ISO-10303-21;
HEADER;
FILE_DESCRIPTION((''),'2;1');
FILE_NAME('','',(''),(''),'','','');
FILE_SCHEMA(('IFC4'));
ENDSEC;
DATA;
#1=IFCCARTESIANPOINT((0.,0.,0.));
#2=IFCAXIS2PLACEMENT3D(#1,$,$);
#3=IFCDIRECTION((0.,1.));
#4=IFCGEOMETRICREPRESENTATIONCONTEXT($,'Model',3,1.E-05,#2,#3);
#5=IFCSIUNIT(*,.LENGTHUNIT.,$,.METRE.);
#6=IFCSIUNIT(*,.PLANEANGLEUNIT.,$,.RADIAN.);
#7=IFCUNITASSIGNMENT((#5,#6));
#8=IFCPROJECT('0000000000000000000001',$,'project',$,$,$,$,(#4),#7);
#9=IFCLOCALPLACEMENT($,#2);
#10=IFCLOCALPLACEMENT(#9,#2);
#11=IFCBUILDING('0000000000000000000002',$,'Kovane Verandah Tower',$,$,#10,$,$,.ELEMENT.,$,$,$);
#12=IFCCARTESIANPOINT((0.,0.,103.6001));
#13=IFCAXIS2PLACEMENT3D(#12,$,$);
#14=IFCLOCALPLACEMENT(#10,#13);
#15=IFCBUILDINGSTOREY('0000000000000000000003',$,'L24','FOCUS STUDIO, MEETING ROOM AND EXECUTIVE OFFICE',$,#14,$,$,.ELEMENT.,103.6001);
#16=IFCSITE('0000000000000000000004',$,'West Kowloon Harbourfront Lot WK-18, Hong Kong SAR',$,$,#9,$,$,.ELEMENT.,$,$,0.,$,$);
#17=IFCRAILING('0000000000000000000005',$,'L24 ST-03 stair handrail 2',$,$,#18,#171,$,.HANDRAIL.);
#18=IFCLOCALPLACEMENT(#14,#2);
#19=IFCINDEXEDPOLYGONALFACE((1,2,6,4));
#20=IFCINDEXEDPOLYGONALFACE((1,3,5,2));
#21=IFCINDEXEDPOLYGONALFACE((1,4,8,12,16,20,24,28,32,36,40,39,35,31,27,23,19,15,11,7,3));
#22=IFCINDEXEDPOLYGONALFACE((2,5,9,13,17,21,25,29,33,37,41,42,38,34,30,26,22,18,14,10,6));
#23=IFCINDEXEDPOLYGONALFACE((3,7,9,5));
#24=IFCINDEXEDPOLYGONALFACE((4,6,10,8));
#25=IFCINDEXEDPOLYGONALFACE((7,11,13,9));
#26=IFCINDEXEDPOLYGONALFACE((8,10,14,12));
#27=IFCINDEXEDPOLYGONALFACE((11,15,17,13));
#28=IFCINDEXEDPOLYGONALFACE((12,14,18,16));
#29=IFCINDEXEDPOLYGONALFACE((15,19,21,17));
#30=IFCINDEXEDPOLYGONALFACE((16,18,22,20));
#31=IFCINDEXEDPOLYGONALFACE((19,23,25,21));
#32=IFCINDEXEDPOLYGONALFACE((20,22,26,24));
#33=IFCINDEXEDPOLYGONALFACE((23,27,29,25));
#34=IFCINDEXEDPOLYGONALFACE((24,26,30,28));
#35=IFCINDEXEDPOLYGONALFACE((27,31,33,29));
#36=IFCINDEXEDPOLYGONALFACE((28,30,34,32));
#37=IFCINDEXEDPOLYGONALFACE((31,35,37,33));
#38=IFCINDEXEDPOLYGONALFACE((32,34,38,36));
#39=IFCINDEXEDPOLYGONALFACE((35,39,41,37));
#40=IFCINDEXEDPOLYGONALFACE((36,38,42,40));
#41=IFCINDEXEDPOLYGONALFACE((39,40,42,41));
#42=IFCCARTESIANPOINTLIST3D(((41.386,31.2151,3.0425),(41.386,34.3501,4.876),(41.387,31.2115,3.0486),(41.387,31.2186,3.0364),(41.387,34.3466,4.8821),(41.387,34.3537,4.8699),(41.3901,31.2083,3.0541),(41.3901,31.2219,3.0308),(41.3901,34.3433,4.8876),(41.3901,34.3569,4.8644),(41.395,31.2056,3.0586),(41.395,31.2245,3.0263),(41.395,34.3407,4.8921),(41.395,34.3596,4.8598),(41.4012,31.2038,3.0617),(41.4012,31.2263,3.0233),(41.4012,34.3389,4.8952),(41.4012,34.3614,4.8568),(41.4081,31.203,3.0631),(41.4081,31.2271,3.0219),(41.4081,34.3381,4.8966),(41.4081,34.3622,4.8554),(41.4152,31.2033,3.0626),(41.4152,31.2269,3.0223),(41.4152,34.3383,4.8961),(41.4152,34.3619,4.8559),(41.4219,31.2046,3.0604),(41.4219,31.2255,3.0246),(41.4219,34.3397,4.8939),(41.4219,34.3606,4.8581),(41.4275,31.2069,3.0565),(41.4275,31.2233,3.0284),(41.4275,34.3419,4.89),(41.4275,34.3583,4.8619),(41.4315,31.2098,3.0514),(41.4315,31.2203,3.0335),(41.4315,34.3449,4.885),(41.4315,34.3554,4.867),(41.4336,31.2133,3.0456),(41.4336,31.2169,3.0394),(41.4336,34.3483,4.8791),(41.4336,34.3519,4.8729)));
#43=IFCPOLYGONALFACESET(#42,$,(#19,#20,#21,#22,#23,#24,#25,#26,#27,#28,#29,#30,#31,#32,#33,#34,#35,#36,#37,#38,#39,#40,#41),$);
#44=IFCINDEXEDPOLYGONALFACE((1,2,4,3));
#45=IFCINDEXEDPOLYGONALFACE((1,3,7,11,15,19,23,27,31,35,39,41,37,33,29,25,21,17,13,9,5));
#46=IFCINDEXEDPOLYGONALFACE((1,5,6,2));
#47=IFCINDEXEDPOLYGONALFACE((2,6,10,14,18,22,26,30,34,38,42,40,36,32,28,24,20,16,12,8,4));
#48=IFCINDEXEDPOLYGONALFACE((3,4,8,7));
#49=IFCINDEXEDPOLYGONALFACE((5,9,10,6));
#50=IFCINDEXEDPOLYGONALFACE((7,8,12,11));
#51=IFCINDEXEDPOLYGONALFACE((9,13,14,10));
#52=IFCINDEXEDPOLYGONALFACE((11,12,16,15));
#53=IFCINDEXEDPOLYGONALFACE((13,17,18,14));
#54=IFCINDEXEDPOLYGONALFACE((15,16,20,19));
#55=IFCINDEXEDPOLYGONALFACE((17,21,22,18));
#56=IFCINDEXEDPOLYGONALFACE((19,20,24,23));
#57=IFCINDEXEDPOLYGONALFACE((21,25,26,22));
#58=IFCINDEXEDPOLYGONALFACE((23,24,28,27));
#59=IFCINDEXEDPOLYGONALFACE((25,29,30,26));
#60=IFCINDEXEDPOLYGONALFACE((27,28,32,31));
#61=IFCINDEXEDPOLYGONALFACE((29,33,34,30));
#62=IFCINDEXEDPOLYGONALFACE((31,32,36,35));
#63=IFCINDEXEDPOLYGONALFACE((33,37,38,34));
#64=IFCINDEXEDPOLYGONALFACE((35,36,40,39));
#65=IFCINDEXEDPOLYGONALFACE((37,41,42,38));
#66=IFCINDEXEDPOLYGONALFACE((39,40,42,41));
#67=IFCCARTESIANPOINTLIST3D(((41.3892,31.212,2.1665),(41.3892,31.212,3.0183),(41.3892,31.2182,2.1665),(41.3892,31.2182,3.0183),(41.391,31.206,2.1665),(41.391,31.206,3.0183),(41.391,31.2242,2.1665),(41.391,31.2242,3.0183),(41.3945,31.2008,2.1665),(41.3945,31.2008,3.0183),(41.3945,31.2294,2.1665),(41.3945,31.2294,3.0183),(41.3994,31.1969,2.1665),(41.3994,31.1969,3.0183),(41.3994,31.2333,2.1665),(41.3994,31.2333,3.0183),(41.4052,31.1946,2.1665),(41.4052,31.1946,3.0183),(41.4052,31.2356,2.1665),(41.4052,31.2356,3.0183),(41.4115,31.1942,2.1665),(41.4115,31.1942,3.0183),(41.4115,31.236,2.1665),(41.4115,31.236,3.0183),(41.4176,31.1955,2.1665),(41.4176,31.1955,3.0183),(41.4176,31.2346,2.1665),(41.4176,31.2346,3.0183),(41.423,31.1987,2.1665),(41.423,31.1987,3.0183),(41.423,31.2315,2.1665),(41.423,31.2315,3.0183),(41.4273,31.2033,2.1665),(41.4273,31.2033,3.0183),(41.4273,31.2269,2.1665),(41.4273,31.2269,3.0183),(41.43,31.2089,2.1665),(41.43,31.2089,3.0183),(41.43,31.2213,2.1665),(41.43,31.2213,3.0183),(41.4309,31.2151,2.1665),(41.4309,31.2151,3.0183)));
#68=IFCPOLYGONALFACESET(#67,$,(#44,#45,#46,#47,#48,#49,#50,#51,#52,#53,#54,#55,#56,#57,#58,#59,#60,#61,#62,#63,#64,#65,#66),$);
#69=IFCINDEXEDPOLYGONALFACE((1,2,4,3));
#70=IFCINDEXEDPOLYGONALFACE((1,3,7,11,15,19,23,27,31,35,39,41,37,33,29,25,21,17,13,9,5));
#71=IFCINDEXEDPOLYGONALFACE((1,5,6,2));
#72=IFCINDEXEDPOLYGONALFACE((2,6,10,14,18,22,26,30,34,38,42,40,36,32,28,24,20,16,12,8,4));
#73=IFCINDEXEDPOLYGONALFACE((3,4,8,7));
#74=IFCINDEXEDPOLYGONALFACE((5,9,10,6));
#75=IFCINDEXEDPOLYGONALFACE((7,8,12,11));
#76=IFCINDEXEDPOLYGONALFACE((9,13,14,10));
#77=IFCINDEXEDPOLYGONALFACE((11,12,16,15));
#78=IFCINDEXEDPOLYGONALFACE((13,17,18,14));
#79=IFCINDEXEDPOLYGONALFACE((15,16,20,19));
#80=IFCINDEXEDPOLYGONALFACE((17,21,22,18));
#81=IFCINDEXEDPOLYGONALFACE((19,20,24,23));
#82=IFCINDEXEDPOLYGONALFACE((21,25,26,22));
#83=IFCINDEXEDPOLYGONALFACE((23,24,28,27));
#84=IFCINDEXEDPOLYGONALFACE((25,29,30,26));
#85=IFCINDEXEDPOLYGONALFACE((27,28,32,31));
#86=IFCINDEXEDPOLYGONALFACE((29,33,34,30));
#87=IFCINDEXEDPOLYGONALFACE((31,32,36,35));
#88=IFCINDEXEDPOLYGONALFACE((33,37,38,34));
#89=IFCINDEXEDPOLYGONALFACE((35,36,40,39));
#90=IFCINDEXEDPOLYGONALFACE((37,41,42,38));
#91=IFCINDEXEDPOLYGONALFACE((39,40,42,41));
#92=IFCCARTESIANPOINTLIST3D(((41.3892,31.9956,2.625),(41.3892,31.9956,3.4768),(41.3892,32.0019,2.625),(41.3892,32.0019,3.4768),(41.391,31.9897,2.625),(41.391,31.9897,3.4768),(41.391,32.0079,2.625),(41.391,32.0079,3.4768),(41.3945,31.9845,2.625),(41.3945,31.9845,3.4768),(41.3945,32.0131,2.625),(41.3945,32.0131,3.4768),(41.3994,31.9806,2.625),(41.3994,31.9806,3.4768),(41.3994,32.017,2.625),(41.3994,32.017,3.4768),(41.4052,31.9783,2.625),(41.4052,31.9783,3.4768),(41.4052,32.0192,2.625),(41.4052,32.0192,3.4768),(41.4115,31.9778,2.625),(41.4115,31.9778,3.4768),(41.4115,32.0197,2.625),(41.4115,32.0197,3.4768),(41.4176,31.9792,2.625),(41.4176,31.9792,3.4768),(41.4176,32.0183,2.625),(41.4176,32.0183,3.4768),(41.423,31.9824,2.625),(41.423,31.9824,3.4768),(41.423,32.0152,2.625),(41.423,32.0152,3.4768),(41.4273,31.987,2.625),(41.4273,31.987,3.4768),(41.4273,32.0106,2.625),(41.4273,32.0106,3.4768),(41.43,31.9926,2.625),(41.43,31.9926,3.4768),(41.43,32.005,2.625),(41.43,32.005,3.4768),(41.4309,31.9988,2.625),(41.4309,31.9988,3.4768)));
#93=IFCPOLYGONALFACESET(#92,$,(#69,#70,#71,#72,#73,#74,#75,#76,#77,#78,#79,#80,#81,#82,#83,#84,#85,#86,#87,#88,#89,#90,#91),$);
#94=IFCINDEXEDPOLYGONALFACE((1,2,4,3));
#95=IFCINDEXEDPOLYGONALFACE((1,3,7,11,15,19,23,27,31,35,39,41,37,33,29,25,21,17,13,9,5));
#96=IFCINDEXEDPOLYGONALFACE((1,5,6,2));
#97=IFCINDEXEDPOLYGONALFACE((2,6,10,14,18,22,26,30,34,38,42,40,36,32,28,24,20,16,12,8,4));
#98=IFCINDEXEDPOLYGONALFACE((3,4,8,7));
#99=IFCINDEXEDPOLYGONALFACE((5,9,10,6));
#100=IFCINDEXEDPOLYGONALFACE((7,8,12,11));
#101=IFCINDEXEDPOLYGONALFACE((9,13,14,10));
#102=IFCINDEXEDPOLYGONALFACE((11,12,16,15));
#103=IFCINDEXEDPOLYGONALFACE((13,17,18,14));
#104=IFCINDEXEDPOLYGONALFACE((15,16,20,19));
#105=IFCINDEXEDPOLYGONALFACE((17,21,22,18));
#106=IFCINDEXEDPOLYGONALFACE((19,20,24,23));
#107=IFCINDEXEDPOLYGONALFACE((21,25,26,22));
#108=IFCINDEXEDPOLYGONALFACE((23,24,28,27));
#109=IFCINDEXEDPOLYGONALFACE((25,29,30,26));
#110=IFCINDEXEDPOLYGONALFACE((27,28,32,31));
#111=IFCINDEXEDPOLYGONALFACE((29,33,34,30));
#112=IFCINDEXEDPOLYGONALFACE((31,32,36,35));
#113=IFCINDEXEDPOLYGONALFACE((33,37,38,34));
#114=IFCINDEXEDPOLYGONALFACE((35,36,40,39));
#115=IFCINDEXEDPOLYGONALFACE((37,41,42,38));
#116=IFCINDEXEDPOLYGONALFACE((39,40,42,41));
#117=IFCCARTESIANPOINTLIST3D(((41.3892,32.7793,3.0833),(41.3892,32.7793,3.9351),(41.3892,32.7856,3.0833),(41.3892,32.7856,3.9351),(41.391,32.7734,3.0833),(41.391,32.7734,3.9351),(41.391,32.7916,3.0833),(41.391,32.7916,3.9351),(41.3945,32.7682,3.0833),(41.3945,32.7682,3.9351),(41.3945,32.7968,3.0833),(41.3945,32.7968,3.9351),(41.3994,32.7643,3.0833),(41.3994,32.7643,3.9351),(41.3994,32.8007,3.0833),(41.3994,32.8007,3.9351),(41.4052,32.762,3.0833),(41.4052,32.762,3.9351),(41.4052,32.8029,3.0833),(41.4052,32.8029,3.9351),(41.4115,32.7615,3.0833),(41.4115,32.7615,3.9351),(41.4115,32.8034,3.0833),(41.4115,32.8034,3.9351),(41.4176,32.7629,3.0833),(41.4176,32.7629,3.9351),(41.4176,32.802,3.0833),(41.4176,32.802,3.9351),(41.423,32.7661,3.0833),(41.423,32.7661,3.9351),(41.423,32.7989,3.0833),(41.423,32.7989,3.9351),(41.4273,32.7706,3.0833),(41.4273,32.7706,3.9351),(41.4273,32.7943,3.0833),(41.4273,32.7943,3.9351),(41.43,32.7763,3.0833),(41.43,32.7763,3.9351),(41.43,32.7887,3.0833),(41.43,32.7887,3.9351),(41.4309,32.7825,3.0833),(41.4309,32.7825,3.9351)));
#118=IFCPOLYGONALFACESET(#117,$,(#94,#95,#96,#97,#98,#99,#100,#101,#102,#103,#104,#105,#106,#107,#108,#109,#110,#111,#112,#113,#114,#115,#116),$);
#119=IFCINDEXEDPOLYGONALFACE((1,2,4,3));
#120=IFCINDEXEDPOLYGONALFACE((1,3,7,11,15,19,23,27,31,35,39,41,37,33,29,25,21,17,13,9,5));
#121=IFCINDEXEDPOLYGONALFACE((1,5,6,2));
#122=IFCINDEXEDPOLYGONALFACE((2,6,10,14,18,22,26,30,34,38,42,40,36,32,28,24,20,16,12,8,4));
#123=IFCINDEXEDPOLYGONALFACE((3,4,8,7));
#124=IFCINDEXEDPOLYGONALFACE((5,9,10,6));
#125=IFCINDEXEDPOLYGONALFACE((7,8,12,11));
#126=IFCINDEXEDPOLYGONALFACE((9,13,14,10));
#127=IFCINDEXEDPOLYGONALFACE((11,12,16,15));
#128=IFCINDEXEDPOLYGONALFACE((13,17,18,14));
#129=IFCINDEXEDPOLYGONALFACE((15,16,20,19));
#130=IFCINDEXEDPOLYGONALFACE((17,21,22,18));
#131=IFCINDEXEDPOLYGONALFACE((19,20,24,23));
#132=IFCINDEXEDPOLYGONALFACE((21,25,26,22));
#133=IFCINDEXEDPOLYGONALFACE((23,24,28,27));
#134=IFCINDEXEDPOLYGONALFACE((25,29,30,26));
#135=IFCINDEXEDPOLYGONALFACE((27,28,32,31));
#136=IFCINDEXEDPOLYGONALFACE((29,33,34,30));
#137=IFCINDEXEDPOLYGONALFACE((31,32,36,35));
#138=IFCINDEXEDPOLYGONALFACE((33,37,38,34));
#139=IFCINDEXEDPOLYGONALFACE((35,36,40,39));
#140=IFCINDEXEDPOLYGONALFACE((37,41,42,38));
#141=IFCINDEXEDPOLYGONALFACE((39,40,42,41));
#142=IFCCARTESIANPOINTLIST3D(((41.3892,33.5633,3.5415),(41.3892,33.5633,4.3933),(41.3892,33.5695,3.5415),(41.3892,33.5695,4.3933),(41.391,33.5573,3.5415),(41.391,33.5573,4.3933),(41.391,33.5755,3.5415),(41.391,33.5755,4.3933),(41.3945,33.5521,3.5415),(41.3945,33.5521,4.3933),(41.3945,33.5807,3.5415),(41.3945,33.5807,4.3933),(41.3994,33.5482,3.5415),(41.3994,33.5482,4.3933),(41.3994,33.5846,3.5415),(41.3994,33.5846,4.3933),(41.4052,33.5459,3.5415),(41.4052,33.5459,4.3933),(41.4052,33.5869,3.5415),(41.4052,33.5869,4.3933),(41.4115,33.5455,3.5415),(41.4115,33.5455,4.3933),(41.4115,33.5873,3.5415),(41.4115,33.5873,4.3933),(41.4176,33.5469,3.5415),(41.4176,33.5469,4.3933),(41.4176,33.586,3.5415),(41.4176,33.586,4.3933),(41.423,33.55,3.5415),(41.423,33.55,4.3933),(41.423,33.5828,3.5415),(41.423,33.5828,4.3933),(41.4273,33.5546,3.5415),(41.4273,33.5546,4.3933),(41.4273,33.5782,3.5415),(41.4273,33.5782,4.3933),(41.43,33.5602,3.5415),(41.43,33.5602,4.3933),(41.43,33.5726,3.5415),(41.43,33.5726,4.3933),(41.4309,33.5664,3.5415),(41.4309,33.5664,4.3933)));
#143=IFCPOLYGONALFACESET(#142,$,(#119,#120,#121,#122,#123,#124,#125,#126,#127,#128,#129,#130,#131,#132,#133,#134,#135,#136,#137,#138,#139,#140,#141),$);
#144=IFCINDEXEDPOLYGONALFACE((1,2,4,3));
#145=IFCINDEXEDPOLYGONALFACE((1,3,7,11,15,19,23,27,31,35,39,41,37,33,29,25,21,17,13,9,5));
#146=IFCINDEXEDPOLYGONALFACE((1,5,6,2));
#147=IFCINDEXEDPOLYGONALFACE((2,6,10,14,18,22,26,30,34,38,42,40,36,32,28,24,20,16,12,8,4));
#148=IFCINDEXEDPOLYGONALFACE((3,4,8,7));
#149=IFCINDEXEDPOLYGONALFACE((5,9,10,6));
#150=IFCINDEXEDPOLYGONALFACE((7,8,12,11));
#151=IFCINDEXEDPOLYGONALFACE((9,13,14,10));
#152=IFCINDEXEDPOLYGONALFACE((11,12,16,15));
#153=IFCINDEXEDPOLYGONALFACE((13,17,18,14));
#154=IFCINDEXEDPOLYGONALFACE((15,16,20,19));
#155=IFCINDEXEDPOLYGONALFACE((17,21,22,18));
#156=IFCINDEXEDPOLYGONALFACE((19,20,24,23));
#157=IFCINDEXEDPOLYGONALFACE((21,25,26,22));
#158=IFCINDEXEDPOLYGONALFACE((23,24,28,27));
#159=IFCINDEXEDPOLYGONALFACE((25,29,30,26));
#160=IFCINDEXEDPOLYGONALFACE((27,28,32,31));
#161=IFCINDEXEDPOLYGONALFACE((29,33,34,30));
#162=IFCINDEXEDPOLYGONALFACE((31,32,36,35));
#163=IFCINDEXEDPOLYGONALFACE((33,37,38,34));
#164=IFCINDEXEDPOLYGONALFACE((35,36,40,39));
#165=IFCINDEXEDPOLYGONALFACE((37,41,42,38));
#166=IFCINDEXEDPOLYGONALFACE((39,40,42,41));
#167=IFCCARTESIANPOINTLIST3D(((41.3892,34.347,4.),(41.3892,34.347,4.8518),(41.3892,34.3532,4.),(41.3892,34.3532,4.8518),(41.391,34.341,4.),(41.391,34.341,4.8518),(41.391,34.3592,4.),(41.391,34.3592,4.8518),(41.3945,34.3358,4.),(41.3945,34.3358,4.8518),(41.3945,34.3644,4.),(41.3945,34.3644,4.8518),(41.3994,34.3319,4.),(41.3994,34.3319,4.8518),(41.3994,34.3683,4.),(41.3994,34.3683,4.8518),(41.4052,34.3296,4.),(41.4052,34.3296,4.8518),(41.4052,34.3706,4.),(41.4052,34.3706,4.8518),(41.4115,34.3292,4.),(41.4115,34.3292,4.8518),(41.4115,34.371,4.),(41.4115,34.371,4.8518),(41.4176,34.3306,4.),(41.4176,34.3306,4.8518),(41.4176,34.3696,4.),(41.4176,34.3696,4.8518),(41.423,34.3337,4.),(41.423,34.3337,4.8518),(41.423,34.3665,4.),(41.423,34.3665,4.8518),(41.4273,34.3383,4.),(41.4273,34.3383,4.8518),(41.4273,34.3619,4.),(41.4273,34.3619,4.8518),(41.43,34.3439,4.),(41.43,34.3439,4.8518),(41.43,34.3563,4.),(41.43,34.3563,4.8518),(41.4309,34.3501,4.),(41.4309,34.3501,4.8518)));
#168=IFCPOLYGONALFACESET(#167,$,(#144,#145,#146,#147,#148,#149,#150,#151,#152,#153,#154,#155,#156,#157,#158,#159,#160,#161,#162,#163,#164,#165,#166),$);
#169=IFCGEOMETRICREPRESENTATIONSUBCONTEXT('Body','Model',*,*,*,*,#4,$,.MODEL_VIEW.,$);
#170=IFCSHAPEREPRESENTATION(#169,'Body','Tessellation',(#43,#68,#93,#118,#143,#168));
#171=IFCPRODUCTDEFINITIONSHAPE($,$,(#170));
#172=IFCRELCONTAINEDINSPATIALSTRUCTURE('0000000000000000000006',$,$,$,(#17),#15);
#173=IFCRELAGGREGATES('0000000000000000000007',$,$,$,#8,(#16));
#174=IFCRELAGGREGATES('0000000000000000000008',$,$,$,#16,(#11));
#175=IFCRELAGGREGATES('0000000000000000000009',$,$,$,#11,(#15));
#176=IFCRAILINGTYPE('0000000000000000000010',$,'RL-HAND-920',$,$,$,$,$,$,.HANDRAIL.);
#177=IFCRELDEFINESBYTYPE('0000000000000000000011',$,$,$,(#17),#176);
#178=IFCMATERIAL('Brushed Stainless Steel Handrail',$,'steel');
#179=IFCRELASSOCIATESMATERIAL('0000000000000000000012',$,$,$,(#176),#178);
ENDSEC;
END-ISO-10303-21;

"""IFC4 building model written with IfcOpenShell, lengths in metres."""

from ifc_helpers import new_model, si_unit, direction, frame, origin, origin_2d, place, context, subcontext, project, spatial, circle, extrude, material, type_object, element, save


model = new_model("IFC4")

# Units and contexts
model_context = context("Model", 3, precision=1e-05, world=origin(), true_north=direction((0.0, 1.0)))
body_context = subcontext(model_context, "Body", "Model", "MODEL_VIEW")
ifc_project = project(units=[si_unit("LENGTHUNIT", "METRE"), si_unit("PLANEANGLEUNIT", "RADIAN")], contexts=[model_context])

# Site, building, storey
site_placement = place(None, origin())
site = spatial("IfcSite", under=ifc_project, at=site_placement, Name="West Kowloon Harbourfront Lot WK-18, Hong Kong SAR", CompositionType="ELEMENT", RefElevation=0.0)
building_placement = place(site_placement, origin())
building = spatial("IfcBuilding", under=site, at=building_placement, Name="Kovane Verandah Tower", CompositionType="ELEMENT")
storey_placement = place(building_placement, frame((0.0, 0.0, 103.6001)))
storey = spatial("IfcBuildingStorey", under=building, at=storey_placement, Name="L24", Description="FOCUS STUDIO, MEETING ROOM AND EXECUTIVE OFFICE", CompositionType="ELEMENT", Elevation=103.6001)

# Railing
ifc_material_1 = material(Name="Brushed Stainless Steel Handrail", Category="steel")
railing_type_1 = type_object("IfcRailingType", Name="RL-HAND-920", PredefinedType="HANDRAIL", material=ifc_material_1)
railing_1_placement = place(storey_placement, frame((41.4099, 31.2151, 2.1665)))
element("IfcRailing", 1, at=railing_1_placement, inside=storey, type_object=railing_type_1, Name="L24 ST-03 stair handrail 2", PredefinedType="HANDRAIL", context=body_context, shape_type="SweptSolid", body=[
    extrude(circle(Radius=0.0239, at=origin_2d()), frame((0.0, 0.0, 0.876), z_axis=(0.0, 0.86321, 0.504845), x_axis=(-1.0, 0.0, 0.0)), (0.0, 0.0, 1.0), 3.6318),
    extrude(circle(Radius=0.021, at=origin_2d()), origin(), (0.0, 0.0, 1.0), 0.8518),
    extrude(circle(Radius=0.021, at=origin_2d()), frame((0.0, 0.7837, 0.4585)), (0.0, 0.0, 1.0), 0.8518),
    extrude(circle(Radius=0.021, at=origin_2d()), frame((0.0, 1.5674, 0.9167)), (0.0, 0.0, 1.0), 0.8518),
    extrude(circle(Radius=0.021, at=origin_2d()), frame((0.0, 2.3513, 1.375)), (0.0, 0.0, 1.0), 0.8518),
    extrude(circle(Radius=0.021, at=origin_2d()), frame((0.0, 3.135, 1.8335)), (0.0, 0.0, 1.0), 0.8518),
])

save(model, "model.ifc")
